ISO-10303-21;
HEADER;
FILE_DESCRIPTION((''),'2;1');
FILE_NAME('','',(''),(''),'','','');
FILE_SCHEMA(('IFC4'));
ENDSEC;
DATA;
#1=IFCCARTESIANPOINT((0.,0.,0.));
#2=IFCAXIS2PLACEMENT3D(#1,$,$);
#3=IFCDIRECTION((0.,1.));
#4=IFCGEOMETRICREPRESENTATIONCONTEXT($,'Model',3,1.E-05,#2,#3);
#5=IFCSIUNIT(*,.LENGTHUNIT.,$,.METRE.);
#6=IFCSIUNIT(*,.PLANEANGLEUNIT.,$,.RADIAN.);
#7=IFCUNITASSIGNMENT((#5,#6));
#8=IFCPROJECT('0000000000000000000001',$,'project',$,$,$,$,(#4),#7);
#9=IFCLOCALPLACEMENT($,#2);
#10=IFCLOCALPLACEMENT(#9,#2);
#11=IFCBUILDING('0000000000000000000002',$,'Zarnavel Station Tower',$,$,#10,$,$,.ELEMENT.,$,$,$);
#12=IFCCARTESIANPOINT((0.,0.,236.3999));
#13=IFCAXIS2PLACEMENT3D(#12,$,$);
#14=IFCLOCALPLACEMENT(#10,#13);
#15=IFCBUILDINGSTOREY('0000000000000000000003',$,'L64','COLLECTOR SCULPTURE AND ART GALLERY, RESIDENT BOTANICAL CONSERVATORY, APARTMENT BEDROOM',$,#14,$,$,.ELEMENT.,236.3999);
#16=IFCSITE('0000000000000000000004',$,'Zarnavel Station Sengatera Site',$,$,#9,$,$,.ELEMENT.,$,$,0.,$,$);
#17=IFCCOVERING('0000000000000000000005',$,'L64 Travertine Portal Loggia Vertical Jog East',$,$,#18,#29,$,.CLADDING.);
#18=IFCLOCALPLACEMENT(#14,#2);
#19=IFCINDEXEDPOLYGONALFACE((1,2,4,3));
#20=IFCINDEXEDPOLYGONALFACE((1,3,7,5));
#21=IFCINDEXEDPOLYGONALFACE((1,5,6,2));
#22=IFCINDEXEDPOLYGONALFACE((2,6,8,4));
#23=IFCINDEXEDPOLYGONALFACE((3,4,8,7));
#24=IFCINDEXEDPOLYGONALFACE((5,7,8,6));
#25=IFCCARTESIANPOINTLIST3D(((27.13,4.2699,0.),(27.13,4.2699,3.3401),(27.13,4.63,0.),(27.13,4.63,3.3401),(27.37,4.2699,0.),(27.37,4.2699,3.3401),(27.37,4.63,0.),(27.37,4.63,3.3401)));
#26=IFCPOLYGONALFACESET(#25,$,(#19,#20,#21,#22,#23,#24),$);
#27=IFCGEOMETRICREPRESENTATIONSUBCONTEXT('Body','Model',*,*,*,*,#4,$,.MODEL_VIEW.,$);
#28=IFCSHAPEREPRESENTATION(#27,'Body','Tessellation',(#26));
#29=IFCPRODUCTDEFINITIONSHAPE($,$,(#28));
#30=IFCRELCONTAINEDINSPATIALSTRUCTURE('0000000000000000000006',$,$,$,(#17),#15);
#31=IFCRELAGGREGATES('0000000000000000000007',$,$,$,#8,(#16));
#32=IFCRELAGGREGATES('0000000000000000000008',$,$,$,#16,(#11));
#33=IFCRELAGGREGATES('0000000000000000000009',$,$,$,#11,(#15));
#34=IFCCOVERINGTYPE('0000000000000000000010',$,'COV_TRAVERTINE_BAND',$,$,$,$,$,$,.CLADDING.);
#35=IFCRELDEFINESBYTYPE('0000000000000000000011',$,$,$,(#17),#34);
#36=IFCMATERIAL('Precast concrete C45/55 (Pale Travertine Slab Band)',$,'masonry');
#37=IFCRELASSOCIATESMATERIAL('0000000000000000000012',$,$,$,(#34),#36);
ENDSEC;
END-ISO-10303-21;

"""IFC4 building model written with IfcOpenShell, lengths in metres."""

from ifc_helpers import new_model, si_unit, direction, frame, origin, origin_2d, place, context, subcontext, project, spatial, rectangle, extrude, material, type_object, element, save


model = new_model("IFC4")

# Units and contexts
model_context = context("Model", 3, precision=1e-05, world=origin(), true_north=direction((0.0, 1.0)))
body_context = subcontext(model_context, "Body", "Model", "MODEL_VIEW")
ifc_project = project(units=[si_unit("LENGTHUNIT", "METRE"), si_unit("PLANEANGLEUNIT", "RADIAN")], contexts=[model_context])

# Site, building, storey
site_placement = place(None, origin())
site = spatial("IfcSite", under=ifc_project, at=site_placement, Name="Zarnavel Station Sengatera Site", CompositionType="ELEMENT", RefElevation=0.0)
building_placement = place(site_placement, origin())
building = spatial("IfcBuilding", under=site, at=building_placement, Name="Zarnavel Station Tower", CompositionType="ELEMENT")
storey_placement = place(building_placement, frame((0.0, 0.0, 236.3999)))
storey = spatial("IfcBuildingStorey", under=building, at=storey_placement, Name="L64", Description="COLLECTOR SCULPTURE AND ART GALLERY, RESIDENT BOTANICAL CONSERVATORY, APARTMENT BEDROOM", CompositionType="ELEMENT", Elevation=236.3999)

# Covering
ifc_material_1 = material(Name="Precast concrete C45/55 (Pale Travertine Slab Band)", Category="masonry")
covering_type = type_object("IfcCoveringType", Name="COV_TRAVERTINE_BAND", PredefinedType="CLADDING", material=ifc_material_1)
for number, where, z_axis, x_axis, name in (
    (1, (27.25, 4.45, 0.0), (0.0, 0.0, 1.0), (1.0, 0.0, 0.0), "L64 Travertine Portal Loggia Vertical Jog East"),
):
    element("IfcCovering", number, at=place(storey_placement, frame(where, z_axis=z_axis, x_axis=x_axis)), inside=storey, type_object=covering_type, Name=name, PredefinedType="CLADDING", context=body_context, shape_type="SweptSolid", body=[
        extrude(rectangle(XDim=0.24, YDim=0.3601, at=origin_2d()), origin(), (0.0, 0.0, 1.0), 3.3401),
    ])

save(model, "model.ifc")
